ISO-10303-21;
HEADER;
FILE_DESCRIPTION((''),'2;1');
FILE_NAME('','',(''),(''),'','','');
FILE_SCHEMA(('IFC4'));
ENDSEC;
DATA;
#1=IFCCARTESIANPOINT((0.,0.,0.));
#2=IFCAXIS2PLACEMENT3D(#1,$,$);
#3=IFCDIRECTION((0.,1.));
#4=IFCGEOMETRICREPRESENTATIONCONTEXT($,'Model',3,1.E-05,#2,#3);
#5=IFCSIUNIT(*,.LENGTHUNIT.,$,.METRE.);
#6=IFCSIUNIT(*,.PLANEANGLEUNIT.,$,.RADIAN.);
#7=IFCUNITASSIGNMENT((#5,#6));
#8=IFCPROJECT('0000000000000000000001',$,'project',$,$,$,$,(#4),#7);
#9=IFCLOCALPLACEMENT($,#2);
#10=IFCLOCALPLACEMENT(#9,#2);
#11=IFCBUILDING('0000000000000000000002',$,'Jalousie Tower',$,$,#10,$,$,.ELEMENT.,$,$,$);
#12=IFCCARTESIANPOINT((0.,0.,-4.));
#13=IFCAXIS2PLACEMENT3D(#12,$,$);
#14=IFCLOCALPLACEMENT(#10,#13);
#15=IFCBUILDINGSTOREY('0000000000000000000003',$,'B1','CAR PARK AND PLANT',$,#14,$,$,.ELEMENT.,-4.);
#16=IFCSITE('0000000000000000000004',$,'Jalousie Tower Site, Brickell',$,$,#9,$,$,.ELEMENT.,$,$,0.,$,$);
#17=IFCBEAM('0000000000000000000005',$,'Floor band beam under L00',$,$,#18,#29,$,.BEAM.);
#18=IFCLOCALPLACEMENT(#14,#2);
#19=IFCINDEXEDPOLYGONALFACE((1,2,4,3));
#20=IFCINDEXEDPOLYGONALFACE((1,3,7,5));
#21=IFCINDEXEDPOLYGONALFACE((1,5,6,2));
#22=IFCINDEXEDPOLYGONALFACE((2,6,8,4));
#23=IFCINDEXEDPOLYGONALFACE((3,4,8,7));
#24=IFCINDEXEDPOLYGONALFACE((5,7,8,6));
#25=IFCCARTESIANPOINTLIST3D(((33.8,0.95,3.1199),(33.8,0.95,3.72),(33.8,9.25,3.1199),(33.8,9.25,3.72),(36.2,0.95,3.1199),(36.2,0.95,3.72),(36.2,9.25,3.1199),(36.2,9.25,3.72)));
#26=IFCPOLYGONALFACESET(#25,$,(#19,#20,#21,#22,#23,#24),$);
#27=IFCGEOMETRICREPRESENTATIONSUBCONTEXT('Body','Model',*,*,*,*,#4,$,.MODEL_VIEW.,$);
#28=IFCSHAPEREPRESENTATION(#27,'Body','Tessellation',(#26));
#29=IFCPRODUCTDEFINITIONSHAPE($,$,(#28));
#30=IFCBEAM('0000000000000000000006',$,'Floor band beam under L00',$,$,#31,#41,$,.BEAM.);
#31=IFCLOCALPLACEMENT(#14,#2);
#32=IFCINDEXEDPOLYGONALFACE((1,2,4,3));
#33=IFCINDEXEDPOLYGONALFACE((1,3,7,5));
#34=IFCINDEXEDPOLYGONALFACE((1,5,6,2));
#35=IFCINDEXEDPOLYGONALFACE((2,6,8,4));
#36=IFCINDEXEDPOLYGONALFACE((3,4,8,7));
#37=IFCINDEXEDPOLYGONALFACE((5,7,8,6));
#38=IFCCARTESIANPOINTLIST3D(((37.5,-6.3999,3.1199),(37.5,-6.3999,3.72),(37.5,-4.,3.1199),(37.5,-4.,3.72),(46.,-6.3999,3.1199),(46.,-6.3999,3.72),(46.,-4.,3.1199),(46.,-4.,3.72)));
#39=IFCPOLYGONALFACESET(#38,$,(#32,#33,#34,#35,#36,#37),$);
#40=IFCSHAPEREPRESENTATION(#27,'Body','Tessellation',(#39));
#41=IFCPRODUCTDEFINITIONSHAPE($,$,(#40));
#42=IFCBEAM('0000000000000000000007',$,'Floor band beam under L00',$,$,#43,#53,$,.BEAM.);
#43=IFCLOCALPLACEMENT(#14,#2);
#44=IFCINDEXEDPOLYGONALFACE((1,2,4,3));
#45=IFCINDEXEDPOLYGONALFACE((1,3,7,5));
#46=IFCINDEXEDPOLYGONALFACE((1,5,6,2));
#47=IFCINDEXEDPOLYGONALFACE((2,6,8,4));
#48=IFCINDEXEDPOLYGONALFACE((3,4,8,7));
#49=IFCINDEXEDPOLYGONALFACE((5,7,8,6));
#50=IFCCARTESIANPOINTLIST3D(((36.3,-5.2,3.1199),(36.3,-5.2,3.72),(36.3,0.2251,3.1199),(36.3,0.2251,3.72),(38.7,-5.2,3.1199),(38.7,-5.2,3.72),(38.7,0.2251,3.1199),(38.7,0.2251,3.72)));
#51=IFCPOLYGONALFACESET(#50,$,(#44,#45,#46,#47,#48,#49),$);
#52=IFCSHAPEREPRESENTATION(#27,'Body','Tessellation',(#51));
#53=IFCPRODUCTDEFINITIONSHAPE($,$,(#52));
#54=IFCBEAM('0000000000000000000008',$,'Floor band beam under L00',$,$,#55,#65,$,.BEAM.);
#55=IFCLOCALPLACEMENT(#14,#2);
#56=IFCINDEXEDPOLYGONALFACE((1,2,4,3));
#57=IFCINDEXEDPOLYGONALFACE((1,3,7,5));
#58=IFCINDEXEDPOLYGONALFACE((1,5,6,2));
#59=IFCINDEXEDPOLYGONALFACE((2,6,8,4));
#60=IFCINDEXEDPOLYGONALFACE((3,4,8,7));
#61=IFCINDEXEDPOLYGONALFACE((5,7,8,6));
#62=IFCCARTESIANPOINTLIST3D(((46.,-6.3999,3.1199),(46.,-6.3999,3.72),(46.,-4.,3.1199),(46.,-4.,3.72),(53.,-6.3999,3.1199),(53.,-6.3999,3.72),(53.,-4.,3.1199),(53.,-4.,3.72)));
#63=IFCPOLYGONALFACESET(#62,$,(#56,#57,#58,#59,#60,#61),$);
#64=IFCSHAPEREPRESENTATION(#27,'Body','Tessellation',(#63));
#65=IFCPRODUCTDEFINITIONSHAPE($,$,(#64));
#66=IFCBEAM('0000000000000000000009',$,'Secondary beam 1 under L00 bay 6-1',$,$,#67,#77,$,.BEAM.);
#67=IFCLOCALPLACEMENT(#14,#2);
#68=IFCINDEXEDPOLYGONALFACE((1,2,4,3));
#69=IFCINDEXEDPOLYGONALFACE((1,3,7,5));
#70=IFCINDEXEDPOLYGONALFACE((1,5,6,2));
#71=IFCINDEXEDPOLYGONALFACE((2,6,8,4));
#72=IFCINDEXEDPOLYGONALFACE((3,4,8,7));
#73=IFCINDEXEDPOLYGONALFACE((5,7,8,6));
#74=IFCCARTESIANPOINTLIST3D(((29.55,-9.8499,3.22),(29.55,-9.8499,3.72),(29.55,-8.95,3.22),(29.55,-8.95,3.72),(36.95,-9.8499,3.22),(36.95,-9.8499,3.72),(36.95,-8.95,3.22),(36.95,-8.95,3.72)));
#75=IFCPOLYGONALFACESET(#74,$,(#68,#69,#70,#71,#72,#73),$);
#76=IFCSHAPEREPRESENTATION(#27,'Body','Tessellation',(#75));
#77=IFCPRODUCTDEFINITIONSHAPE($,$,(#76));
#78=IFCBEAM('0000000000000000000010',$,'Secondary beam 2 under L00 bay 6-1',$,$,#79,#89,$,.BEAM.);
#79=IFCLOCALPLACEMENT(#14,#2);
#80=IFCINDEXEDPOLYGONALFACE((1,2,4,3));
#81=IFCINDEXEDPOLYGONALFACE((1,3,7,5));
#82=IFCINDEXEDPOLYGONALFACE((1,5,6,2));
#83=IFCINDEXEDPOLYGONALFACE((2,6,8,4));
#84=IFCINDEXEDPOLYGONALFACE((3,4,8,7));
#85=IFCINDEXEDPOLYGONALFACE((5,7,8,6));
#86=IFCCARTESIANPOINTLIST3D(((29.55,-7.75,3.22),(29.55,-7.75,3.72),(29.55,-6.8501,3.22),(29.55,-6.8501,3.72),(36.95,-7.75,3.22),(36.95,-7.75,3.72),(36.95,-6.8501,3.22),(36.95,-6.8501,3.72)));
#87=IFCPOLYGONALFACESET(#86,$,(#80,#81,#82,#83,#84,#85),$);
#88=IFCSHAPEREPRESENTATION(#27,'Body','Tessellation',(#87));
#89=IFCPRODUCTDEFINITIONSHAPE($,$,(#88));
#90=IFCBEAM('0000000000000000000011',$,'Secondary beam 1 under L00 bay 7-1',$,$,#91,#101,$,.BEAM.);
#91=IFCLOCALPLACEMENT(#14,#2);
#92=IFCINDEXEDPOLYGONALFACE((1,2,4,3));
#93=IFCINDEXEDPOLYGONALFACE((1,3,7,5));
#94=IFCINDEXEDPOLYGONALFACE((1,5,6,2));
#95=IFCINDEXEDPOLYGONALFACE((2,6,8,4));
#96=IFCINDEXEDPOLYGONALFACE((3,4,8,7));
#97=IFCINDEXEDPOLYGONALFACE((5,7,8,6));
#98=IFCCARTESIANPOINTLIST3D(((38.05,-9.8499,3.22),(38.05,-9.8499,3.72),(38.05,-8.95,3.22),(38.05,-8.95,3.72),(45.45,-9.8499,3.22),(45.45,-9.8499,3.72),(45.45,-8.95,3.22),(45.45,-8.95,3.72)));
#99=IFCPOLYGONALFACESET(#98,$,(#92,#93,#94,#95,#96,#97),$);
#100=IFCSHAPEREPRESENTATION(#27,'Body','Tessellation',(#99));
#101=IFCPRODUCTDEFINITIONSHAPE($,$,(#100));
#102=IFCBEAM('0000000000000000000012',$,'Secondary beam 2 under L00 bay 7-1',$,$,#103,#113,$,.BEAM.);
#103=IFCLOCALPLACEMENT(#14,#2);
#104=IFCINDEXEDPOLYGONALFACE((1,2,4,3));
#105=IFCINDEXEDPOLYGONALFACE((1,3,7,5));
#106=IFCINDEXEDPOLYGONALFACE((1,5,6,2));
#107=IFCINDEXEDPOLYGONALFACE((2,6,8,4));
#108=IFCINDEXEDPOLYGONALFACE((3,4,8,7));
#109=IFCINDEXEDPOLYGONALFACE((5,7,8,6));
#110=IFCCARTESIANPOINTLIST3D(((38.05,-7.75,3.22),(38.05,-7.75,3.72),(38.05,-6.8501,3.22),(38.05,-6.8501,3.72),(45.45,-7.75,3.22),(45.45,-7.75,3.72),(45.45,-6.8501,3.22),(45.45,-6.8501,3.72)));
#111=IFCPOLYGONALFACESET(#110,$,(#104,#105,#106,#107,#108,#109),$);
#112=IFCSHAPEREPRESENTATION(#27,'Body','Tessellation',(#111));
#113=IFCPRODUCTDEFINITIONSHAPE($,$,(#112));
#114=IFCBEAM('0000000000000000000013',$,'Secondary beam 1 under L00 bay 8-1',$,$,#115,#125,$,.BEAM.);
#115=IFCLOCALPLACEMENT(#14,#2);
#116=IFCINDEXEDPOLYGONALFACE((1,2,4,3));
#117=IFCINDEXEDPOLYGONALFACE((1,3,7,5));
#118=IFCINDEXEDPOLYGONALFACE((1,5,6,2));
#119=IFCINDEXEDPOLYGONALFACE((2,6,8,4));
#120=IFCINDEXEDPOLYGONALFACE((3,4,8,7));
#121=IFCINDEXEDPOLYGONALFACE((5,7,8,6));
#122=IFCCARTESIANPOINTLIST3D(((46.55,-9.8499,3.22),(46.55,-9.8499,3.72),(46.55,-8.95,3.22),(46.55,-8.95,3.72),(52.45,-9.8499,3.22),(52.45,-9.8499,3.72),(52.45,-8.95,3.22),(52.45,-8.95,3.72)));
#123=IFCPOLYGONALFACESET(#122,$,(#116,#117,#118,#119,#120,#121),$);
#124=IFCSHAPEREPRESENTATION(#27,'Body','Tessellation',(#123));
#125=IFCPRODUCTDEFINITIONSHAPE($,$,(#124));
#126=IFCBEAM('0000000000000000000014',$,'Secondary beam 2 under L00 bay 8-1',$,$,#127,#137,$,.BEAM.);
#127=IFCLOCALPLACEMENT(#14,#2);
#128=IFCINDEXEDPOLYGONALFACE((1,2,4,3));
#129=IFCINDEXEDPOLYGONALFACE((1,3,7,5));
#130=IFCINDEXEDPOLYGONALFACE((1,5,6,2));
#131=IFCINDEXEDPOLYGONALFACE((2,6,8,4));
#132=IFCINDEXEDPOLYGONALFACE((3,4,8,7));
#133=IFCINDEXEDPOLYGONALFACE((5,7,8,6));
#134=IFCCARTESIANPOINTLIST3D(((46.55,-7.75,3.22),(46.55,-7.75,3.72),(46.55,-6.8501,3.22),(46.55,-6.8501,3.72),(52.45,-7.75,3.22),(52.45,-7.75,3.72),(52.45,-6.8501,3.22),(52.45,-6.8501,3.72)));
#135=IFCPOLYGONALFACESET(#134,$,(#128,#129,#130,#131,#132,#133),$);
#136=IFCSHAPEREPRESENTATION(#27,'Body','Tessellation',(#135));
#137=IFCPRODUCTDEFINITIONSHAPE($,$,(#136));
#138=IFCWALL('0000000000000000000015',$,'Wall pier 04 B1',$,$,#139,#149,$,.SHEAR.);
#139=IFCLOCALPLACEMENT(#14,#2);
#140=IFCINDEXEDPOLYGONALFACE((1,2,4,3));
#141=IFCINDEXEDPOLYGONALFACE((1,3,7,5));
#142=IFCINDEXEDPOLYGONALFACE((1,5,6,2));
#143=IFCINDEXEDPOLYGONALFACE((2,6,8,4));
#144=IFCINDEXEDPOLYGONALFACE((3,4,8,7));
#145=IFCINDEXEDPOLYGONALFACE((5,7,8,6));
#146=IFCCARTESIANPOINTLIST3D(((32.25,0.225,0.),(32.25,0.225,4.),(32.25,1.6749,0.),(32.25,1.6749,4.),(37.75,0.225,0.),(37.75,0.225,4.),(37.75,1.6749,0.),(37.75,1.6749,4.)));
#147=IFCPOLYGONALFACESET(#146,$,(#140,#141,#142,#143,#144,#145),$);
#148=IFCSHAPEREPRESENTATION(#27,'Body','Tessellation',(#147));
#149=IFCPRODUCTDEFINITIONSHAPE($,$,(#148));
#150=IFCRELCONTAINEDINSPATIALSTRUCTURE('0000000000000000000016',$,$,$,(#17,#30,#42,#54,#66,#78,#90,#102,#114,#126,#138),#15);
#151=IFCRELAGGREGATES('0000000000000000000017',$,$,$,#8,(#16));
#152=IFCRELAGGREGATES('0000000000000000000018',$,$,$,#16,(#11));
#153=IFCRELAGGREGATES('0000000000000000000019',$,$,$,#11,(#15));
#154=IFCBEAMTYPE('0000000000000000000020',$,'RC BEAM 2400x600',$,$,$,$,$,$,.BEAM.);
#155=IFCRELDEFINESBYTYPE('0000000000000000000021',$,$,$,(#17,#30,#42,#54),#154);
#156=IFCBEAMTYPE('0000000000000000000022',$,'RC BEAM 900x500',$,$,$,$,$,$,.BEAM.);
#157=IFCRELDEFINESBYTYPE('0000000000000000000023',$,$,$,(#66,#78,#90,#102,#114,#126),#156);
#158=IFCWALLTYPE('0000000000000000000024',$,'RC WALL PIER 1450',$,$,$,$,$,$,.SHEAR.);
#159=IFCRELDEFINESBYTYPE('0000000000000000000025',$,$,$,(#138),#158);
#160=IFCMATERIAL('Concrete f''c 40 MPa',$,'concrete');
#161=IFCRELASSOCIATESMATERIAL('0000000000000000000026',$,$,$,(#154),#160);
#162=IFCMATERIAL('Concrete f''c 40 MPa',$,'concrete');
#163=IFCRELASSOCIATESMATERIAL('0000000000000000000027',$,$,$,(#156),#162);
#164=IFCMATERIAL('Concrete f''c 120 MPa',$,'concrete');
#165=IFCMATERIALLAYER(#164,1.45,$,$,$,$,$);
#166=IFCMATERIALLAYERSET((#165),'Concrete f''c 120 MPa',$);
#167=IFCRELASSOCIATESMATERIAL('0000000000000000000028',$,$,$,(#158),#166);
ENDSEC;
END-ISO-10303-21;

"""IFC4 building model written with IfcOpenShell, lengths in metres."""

from ifc_helpers import new_model, si_unit, direction, frame, frame_2d, origin, origin_2d, place, context, subcontext, project, spatial, rectangle, extrude, material, layer, layer_set, material_profile, profile_set, type_object, element, save


model = new_model("IFC4")

# Units and contexts
model_context = context("Model", 3, precision=1e-05, world=origin(), true_north=direction((0.0, 1.0)))
body_context = subcontext(model_context, "Body", "Model", "MODEL_VIEW")
ifc_project = project(units=[si_unit("LENGTHUNIT", "METRE"), si_unit("PLANEANGLEUNIT", "RADIAN")], contexts=[model_context])

# Site, building, storey
site_placement = place(None, origin())
site = spatial("IfcSite", under=ifc_project, at=site_placement, Name="Jalousie Tower Site, Brickell", CompositionType="ELEMENT", RefElevation=0.0)
building_placement = place(site_placement, origin())
building = spatial("IfcBuilding", under=site, at=building_placement, Name="Jalousie Tower", CompositionType="ELEMENT")
storey_placement = place(building_placement, frame((0.0, 0.0, -4.0)))
storey = spatial("IfcBuildingStorey", under=building, at=storey_placement, Name="B1", Description="CAR PARK AND PLANT", CompositionType="ELEMENT", Elevation=-4.0)

# Beams
ifc_material_1 = material(Name="Concrete f'c 40 MPa", Category="concrete")
ifc_material_profile_1 = material_profile(ifc_material_1, rectangle(XDim=2.3999, YDim=0.6001, at=origin_2d()), Name="RC 2400x600")
ifc_profile_set_1 = profile_set([ifc_material_profile_1], Name="Concrete f'c 40 MPa")
beam_type_1 = type_object("IfcBeamType", Name="RC BEAM 2400x600", PredefinedType="BEAM", material=ifc_profile_set_1)
beam_1_placement = place(storey_placement, frame((35.0, 0.95, 3.4199), z_axis=(0.0, 1.0, 0.0), x_axis=(-1.0, 0.0, 0.0)))
element("IfcBeam", 1, at=beam_1_placement, inside=storey, type_object=beam_type_1, Name="Floor band beam under L00", PredefinedType="BEAM", context=body_context, shape_type="SweptSolid", body=[
    extrude(rectangle(XDim=2.3999, YDim=0.6001, at=origin_2d()), origin(), (0.0, 0.0, 1.0), 8.3),
])
beam_2_placement = place(storey_placement, frame((37.5, -5.2, 3.4199), z_axis=(1.0, 0.0, 0.0), x_axis=(0.0, 1.0, 0.0)))
element("IfcBeam", 2, at=beam_2_placement, inside=storey, type_object=beam_type_1, Name="Floor band beam under L00", PredefinedType="BEAM", context=body_context, shape_type="SweptSolid", body=[
    extrude(rectangle(XDim=2.3999, YDim=0.6001, at=origin_2d()), origin(), (0.0, 0.0, 1.0), 8.5),
])
beam_3_placement = place(storey_placement, frame((37.5, -5.2, 3.4199), z_axis=(0.0, 1.0, 0.0), x_axis=(-1.0, 0.0, 0.0)))
element("IfcBeam", 3, at=beam_3_placement, inside=storey, type_object=beam_type_1, Name="Floor band beam under L00", PredefinedType="BEAM", context=body_context, shape_type="SweptSolid", body=[
    extrude(rectangle(XDim=2.3999, YDim=0.6001, at=origin_2d()), origin(), (0.0, 0.0, 1.0), 5.425),
])
beam_4_placement = place(storey_placement, frame((46.0, -5.2, 3.4199), z_axis=(1.0, 0.0, 0.0), x_axis=(0.0, 1.0, 0.0)))
element("IfcBeam", 4, at=beam_4_placement, inside=storey, type_object=beam_type_1, Name="Floor band beam under L00", PredefinedType="BEAM", context=body_context, shape_type="SweptSolid", body=[
    extrude(rectangle(XDim=2.3999, YDim=0.6001, at=origin_2d()), origin(), (0.0, 0.0, 1.0), 7.0),
])
ifc_material_2 = material(Name="Concrete f'c 40 MPa", Category="concrete")
ifc_material_profile_2 = material_profile(ifc_material_2, rectangle(XDim=0.8999, YDim=0.5, at=origin_2d()), Name="RC 900x500")
ifc_profile_set_2 = profile_set([ifc_material_profile_2], Name="Concrete f'c 40 MPa")
beam_type_2 = type_object("IfcBeamType", Name="RC BEAM 900x500", PredefinedType="BEAM", material=ifc_profile_set_2)
for number, where, z_axis, x_axis, name in (
    (5, (29.55, -9.3999, 3.47), (1.0, 0.0, 0.0), (0.0, 1.0, 0.0), "Secondary beam 1 under L00 bay 6-1"),
    (6, (29.55, -7.3, 3.47), (1.0, 0.0, 0.0), (0.0, 1.0, 0.0), "Secondary beam 2 under L00 bay 6-1"),
    (7, (38.05, -9.3999, 3.47), (1.0, 0.0, 0.0), (0.0, 1.0, 0.0), "Secondary beam 1 under L00 bay 7-1"),
    (8, (38.05, -7.3, 3.47), (1.0, 0.0, 0.0), (0.0, 1.0, 0.0), "Secondary beam 2 under L00 bay 7-1"),
):
    element("IfcBeam", number, at=place(storey_placement, frame(where, z_axis=z_axis, x_axis=x_axis)), inside=storey, type_object=beam_type_2, Name=name, PredefinedType="BEAM", context=body_context, shape_type="SweptSolid", body=[
        extrude(rectangle(XDim=0.8999, YDim=0.5, at=origin_2d()), origin(), (0.0, 0.0, 1.0), 7.3999),
    ])
for number, where, z_axis, x_axis, name in (
    (9, (46.55, -9.3999, 3.47), (1.0, 0.0, 0.0), (0.0, 1.0, 0.0), "Secondary beam 1 under L00 bay 8-1"),
    (10, (46.55, -7.3, 3.47), (1.0, 0.0, 0.0), (0.0, 1.0, 0.0), "Secondary beam 2 under L00 bay 8-1"),
):
    element("IfcBeam", number, at=place(storey_placement, frame(where, z_axis=z_axis, x_axis=x_axis)), inside=storey, type_object=beam_type_2, Name=name, PredefinedType="BEAM", context=body_context, shape_type="SweptSolid", body=[
        extrude(rectangle(XDim=0.8999, YDim=0.5, at=origin_2d()), origin(), (0.0, 0.0, 1.0), 5.8999),
    ])

# Wall
ifc_material_3 = material(Name="Concrete f'c 120 MPa", Category="concrete")
ifc_layer = layer(ifc_material_3, 1.45)
ifc_layer_set = layer_set([ifc_layer], Name="Concrete f'c 120 MPa")
wall_type = type_object("IfcWallType", Name="RC WALL PIER 1450", PredefinedType="SHEAR", material=ifc_layer_set)
wall_placement = place(storey_placement, frame((32.25, 0.95, 0.0), z_axis=(0.0, 0.0, 1.0), x_axis=(1.0, 0.0, 0.0)))
element("IfcWall", 11, at=wall_placement, inside=storey, type_object=wall_type, Name="Wall pier 04 B1", PredefinedType="SHEAR", context=body_context, shape_type="SweptSolid", body=[
    extrude(rectangle(XDim=5.5, YDim=1.45, at=frame_2d((2.75, 0.0))), origin(), (0.0, 0.0, 1.0), 4.0),
])

save(model, "model.ifc")
